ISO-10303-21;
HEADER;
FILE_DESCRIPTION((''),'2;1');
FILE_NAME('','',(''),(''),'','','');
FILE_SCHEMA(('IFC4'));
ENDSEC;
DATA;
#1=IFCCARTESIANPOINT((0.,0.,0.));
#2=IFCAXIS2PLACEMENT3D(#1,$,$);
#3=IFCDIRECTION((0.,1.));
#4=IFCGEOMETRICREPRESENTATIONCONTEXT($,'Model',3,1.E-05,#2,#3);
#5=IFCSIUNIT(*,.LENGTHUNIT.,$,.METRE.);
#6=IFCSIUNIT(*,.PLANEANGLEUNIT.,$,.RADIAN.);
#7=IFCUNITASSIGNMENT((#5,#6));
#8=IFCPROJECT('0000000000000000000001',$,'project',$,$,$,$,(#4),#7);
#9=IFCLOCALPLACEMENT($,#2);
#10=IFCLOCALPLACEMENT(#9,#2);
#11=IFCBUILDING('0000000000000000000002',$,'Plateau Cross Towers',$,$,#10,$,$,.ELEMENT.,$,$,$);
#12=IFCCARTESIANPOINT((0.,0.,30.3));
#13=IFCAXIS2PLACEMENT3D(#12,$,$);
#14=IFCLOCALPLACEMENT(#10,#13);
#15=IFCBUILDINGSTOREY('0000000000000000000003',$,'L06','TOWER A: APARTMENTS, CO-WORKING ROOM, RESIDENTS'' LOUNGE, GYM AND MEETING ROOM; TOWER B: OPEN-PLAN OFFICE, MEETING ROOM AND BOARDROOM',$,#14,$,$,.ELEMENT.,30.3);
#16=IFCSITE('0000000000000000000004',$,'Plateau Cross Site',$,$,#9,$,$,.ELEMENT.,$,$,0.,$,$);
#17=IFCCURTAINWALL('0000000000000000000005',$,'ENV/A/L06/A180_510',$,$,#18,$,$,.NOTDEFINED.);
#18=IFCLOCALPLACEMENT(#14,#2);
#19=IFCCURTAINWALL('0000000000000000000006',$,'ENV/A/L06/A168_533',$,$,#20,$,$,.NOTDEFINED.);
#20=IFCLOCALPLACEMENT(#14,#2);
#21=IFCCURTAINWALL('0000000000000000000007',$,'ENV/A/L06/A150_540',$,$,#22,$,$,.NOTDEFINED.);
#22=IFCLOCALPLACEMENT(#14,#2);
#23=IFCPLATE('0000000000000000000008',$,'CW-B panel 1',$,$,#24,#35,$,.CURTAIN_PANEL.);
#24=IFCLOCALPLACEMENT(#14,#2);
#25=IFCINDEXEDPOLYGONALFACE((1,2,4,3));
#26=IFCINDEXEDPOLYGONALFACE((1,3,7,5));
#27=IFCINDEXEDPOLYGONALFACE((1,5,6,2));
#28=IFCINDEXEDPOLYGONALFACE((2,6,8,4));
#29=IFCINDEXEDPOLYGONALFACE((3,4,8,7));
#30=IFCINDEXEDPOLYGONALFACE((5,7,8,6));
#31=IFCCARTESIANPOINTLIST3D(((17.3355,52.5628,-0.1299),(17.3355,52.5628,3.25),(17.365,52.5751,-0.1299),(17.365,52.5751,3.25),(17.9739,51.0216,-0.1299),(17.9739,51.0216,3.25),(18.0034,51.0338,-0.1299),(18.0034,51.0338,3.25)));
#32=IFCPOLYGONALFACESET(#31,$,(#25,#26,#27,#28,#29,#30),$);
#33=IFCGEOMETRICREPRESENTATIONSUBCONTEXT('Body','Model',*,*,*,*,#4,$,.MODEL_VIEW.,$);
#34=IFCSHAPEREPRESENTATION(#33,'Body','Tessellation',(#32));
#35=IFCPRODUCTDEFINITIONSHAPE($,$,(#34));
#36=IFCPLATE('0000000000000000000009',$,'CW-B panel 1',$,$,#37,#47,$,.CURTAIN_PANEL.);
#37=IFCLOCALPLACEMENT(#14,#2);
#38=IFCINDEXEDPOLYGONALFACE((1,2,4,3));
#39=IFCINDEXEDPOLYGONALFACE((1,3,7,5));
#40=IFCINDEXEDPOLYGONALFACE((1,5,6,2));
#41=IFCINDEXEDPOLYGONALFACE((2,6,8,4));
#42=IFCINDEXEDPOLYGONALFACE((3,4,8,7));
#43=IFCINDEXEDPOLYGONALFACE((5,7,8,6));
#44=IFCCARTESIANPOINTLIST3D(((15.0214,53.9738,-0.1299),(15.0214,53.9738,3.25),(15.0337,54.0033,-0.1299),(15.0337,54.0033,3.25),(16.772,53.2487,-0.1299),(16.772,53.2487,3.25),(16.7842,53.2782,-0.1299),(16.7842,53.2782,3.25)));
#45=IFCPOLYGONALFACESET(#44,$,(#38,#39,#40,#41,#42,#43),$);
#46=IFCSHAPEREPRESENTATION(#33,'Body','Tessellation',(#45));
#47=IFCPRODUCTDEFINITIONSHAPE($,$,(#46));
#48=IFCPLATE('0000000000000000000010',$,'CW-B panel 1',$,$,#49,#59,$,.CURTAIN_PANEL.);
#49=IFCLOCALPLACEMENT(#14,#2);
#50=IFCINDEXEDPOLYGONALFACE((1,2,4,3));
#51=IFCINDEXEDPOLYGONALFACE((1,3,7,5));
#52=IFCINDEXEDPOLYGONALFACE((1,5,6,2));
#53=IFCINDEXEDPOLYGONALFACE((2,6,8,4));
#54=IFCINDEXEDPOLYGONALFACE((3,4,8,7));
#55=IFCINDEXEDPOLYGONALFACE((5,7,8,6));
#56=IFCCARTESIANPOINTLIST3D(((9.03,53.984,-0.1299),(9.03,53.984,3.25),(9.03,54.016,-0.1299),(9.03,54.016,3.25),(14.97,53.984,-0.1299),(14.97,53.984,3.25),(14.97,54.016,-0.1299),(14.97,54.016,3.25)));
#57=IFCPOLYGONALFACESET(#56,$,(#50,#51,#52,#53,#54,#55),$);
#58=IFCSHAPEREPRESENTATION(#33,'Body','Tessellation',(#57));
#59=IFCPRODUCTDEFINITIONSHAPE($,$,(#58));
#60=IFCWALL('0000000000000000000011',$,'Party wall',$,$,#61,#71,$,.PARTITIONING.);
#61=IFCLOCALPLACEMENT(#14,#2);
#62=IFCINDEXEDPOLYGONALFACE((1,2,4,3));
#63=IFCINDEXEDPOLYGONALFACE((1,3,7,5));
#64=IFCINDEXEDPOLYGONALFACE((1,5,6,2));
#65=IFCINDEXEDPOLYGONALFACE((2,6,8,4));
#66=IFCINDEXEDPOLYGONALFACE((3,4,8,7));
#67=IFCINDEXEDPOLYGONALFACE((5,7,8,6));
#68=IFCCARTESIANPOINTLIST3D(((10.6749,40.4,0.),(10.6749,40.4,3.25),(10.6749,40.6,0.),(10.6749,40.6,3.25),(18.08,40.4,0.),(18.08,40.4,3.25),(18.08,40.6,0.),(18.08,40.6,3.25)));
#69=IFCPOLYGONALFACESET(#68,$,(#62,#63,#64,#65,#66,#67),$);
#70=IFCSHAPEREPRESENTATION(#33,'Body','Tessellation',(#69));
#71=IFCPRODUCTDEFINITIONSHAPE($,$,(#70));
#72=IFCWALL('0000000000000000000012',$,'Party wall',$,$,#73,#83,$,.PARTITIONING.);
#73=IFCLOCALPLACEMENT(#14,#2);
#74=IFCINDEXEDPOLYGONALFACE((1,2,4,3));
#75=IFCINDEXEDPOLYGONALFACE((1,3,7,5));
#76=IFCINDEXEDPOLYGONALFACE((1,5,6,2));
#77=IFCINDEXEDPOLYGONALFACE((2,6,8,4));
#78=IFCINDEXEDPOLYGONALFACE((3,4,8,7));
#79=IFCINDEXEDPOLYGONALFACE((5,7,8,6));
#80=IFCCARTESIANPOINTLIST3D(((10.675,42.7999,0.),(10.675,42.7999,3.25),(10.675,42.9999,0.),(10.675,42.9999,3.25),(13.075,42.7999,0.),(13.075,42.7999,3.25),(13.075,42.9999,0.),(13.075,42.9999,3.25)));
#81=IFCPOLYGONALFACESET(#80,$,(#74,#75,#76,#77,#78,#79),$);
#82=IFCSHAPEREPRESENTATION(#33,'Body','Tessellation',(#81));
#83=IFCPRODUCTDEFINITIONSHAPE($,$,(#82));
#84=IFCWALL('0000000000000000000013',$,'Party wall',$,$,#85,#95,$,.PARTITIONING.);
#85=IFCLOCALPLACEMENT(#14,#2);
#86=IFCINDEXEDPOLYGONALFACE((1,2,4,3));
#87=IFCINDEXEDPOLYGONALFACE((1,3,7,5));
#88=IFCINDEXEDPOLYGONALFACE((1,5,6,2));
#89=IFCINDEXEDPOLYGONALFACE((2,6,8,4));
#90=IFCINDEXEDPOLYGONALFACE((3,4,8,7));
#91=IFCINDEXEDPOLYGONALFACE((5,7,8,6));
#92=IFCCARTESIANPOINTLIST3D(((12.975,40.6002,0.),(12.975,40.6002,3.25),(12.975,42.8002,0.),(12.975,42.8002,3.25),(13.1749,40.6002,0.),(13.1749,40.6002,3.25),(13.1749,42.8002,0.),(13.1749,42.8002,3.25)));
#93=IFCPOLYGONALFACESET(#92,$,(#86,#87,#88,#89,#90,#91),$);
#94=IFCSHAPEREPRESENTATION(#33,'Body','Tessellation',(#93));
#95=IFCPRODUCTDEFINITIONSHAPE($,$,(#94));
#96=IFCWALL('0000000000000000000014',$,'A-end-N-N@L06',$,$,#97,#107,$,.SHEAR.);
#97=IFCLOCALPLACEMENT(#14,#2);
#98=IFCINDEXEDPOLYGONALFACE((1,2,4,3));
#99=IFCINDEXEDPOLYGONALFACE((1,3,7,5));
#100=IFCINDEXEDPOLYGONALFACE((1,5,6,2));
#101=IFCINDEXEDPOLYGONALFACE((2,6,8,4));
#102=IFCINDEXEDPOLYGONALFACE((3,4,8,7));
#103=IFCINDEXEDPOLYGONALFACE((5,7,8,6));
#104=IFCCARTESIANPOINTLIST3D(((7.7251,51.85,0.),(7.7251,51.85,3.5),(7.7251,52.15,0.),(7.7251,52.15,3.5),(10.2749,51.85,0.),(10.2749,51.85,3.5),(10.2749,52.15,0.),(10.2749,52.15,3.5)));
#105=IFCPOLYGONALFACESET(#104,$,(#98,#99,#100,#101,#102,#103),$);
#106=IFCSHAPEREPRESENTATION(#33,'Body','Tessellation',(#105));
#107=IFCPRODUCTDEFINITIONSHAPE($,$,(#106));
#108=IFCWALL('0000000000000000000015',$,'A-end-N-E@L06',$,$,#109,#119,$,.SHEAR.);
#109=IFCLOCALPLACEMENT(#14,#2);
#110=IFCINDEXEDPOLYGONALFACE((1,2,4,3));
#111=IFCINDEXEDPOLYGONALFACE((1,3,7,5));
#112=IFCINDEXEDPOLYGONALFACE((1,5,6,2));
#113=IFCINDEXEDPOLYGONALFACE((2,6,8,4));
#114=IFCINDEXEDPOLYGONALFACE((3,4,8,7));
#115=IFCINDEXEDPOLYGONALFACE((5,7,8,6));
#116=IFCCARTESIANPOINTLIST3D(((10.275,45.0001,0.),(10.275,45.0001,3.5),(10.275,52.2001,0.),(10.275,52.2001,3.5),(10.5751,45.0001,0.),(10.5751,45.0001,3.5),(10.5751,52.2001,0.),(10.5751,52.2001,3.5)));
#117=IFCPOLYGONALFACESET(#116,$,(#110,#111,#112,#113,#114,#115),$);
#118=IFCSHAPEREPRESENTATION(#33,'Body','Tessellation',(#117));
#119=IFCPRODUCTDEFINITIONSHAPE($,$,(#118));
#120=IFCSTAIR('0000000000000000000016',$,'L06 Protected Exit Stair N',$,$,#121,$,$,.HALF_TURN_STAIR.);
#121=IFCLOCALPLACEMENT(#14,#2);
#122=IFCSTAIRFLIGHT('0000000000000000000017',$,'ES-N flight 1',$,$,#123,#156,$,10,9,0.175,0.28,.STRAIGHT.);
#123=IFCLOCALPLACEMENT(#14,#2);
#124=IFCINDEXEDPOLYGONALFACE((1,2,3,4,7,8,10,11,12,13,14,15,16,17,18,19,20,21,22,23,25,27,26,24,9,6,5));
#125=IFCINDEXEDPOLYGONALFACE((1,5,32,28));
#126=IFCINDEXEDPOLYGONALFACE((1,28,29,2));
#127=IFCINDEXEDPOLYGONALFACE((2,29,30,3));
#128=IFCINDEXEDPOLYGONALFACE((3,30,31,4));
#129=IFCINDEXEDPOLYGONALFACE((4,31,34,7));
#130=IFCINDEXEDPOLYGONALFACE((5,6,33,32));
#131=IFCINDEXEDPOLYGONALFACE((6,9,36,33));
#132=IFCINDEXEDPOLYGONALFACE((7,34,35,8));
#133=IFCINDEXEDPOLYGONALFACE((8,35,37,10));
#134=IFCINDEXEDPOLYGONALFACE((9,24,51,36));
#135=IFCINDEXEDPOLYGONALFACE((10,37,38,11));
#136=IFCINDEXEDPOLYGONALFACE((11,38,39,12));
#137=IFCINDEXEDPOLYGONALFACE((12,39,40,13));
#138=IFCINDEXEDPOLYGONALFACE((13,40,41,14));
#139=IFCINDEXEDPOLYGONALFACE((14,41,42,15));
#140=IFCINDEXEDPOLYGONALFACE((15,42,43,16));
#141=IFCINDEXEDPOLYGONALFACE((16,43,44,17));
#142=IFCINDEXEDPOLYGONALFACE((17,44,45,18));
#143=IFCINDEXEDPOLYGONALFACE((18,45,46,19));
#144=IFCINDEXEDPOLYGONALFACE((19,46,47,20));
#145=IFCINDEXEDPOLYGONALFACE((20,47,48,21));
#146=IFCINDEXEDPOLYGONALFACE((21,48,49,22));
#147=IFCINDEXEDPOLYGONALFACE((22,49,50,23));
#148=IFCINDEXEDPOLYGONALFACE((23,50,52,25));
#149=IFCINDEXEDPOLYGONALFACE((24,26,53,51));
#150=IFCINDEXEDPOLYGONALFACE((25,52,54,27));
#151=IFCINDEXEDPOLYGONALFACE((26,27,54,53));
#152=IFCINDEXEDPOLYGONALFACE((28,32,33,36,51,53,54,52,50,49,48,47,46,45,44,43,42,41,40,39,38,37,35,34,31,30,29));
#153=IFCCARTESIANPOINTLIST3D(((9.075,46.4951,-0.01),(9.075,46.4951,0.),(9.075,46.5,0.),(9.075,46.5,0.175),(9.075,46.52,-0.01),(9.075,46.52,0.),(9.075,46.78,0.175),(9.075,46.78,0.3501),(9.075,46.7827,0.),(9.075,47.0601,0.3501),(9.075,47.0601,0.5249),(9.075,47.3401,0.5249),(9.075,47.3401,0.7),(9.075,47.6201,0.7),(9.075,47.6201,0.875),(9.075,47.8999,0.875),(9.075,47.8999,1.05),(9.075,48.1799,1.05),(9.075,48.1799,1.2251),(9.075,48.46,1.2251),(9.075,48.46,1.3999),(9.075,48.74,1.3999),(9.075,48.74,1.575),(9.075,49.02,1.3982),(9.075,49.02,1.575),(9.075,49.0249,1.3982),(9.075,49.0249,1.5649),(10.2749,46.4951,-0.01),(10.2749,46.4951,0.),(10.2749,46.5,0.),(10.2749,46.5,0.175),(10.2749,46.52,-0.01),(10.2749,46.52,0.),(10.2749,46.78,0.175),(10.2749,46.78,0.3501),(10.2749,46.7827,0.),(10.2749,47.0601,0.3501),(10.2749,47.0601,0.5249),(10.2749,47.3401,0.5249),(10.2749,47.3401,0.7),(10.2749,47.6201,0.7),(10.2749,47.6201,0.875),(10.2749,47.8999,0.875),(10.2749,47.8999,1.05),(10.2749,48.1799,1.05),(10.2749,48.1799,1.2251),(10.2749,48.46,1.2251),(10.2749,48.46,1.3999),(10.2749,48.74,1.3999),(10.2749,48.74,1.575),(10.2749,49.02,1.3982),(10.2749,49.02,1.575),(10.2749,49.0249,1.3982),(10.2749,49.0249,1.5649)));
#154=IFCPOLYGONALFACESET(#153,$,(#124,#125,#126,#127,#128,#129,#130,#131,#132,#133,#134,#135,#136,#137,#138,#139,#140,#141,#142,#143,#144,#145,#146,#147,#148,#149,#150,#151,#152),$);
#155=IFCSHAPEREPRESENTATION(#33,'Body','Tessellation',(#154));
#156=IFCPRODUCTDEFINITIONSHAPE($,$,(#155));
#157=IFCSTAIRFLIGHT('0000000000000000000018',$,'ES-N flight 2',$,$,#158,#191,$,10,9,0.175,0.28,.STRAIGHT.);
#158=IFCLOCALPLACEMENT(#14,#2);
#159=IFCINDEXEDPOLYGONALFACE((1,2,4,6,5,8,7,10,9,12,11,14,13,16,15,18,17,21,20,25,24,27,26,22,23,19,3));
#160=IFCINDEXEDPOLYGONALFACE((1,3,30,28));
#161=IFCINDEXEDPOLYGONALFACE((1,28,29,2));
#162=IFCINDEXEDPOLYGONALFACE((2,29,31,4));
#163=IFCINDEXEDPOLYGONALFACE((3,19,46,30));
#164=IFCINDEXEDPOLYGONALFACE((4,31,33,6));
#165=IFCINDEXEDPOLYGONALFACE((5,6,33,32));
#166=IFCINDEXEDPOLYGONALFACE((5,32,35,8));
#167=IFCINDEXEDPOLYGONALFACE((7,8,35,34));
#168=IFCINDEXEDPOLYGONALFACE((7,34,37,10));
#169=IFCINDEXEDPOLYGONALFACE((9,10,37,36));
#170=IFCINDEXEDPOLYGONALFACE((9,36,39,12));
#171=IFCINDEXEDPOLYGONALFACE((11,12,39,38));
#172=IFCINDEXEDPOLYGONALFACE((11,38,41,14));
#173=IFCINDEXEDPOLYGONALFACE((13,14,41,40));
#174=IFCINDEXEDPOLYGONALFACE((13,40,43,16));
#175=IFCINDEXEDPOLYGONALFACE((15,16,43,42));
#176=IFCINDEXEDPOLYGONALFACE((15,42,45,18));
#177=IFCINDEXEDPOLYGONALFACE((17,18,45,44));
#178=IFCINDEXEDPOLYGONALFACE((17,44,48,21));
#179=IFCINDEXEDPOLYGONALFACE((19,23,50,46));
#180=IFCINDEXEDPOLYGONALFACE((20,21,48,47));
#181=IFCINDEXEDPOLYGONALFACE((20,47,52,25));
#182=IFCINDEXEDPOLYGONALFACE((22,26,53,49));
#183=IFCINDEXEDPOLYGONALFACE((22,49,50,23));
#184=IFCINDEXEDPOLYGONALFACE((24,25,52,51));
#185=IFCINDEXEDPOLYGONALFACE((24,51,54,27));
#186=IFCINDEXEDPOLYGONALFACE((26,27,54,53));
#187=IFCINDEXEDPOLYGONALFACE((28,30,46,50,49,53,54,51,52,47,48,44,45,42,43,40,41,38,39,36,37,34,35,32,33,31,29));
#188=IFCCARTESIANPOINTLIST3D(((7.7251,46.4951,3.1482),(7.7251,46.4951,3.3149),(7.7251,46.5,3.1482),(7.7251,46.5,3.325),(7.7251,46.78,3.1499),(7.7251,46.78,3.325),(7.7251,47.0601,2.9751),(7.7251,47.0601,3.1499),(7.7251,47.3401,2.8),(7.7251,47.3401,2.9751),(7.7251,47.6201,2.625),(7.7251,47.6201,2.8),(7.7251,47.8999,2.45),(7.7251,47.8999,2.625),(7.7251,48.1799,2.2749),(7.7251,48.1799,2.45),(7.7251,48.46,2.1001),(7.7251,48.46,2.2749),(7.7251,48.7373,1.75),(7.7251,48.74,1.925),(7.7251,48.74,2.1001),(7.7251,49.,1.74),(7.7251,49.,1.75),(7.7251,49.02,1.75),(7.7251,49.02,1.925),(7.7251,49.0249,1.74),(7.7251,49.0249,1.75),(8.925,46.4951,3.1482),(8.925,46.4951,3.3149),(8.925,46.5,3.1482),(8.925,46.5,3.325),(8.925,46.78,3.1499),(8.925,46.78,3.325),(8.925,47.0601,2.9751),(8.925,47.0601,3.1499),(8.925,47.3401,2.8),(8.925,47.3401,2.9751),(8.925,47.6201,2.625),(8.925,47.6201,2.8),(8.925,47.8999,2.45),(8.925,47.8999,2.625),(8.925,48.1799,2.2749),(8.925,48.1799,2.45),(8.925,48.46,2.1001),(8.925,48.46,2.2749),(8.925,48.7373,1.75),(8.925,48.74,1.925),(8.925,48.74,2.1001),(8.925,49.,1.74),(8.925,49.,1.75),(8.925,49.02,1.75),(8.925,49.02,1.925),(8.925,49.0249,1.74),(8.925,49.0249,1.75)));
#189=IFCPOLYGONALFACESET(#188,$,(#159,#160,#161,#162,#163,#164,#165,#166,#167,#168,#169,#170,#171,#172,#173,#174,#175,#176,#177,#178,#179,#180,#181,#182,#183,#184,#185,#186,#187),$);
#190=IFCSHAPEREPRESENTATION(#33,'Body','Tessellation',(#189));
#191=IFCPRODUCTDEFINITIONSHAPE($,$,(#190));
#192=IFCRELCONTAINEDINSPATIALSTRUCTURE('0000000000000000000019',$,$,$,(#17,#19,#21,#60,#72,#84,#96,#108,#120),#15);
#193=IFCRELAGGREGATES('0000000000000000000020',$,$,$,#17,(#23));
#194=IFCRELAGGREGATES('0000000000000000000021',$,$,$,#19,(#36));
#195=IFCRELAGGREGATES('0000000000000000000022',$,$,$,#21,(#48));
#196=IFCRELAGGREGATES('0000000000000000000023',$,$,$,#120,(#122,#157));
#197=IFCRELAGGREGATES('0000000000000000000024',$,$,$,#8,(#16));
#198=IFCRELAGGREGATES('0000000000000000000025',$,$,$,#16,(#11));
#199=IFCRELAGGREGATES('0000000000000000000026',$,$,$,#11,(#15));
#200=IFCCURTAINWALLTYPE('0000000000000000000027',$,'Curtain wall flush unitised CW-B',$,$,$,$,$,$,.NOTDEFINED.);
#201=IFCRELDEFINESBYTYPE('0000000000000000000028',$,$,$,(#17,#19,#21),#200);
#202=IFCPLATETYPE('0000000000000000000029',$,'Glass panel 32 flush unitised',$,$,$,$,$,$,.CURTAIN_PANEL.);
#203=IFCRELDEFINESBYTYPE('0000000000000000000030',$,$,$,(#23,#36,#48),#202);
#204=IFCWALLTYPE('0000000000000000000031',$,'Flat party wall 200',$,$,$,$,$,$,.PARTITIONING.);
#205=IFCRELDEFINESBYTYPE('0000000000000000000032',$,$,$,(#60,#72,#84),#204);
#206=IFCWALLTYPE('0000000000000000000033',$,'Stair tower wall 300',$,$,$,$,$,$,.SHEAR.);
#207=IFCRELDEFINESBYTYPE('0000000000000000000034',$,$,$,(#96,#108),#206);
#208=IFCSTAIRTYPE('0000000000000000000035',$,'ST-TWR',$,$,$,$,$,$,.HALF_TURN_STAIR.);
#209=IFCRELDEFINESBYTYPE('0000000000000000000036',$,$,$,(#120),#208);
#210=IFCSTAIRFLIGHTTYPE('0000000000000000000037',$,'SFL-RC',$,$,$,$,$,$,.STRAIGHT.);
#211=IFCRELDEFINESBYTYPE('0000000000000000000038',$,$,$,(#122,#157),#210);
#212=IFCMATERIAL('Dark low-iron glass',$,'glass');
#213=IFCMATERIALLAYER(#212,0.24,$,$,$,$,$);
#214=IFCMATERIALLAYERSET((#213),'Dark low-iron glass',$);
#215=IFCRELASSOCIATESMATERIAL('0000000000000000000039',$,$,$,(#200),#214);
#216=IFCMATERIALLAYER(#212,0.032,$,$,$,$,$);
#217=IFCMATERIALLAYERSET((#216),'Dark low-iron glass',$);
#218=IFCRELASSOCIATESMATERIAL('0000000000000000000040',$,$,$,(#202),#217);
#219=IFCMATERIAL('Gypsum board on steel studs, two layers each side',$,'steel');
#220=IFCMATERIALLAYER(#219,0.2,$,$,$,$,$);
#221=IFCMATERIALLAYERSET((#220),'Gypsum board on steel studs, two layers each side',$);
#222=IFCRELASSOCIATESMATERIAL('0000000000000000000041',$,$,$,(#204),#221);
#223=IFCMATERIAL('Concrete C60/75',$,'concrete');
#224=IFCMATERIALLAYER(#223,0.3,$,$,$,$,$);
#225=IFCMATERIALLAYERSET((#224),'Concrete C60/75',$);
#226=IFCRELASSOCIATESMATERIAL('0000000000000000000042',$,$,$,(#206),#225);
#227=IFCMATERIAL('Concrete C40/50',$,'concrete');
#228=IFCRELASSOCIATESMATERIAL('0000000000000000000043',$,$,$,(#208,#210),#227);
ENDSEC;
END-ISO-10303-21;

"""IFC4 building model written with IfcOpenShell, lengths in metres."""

from ifc_helpers import new_model, si_unit, direction, frame, frame_2d, origin, origin_2d, place, context, subcontext, project, spatial, polyline, rectangle, outline, extrude, material, layer, layer_set, type_object, element, aggregate, save


model = new_model("IFC4")

# Units and contexts
model_context = context("Model", 3, precision=1e-05, world=origin(), true_north=direction((0.0, 1.0)))
body_context = subcontext(model_context, "Body", "Model", "MODEL_VIEW")
ifc_project = project(units=[si_unit("LENGTHUNIT", "METRE"), si_unit("PLANEANGLEUNIT", "RADIAN")], contexts=[model_context])

# Site, building, storey
site_placement = place(None, origin())
site = spatial("IfcSite", under=ifc_project, at=site_placement, Name="Plateau Cross Site", CompositionType="ELEMENT", RefElevation=0.0)
building_placement = place(site_placement, origin())
building = spatial("IfcBuilding", under=site, at=building_placement, Name="Plateau Cross Towers", CompositionType="ELEMENT")
storey_placement = place(building_placement, frame((0.0, 0.0, 30.3)))
storey = spatial("IfcBuildingStorey", under=building, at=storey_placement, Name="L06", Description="TOWER A: APARTMENTS, CO-WORKING ROOM, RESIDENTS' LOUNGE, GYM AND MEETING ROOM; TOWER B: OPEN-PLAN OFFICE, MEETING ROOM AND BOARDROOM", CompositionType="ELEMENT", Elevation=30.3)

# Shared definitions
ifc_material_1 = material(Name="Concrete C60/75", Category="concrete")

# Curtain wall
ifc_material_2 = material(Name="Dark low-iron glass", Category="glass")
ifc_layer_1 = layer(ifc_material_2, 0.24)
ifc_layer_set_1 = layer_set([ifc_layer_1], Name="Dark low-iron glass")
curtain_wall_type = type_object("IfcCurtainWallType", Name="Curtain wall flush unitised CW-B", PredefinedType="NOTDEFINED", material=ifc_layer_set_1)
curtain_wall_1_placement = place(storey_placement, origin())
curtain_wall_1 = element("IfcCurtainWall", 1, at=curtain_wall_1_placement, inside=storey, type_object=curtain_wall_type, Name="ENV/A/L06/A180_510", PredefinedType="NOTDEFINED")

# Curtain wall
curtain_wall_2_placement = place(storey_placement, origin())
curtain_wall_2 = element("IfcCurtainWall", 2, at=curtain_wall_2_placement, inside=storey, type_object=curtain_wall_type, Name="ENV/A/L06/A168_533", PredefinedType="NOTDEFINED")

# Curtain wall
curtain_wall_3_placement = place(storey_placement, origin())
curtain_wall_3 = element("IfcCurtainWall", 3, at=curtain_wall_3_placement, inside=storey, type_object=curtain_wall_type, Name="ENV/A/L06/A150_540", PredefinedType="NOTDEFINED")

# Plates
ifc_layer_2 = layer(ifc_material_2, 0.032)
ifc_layer_set_2 = layer_set([ifc_layer_2], Name="Dark low-iron glass")
plate_type = type_object("IfcPlateType", Name="Glass panel 32 flush unitised", PredefinedType="CURTAIN_PANEL", material=ifc_layer_set_2)
plate_1_placement = place(storey_placement, frame((17.6694, 51.7983, -0.1299), z_axis=(0.0, 0.0, 1.0), x_axis=(-0.382684, 0.923879, 0.0)))
plate_1 = element("IfcPlate", 4, at=plate_1_placement, type_object=plate_type, Name="CW-B panel 1", PredefinedType="CURTAIN_PANEL", context=body_context, shape_type="SweptSolid", body=[
    extrude(rectangle(XDim=1.6682, YDim=0.032, at=origin_2d()), origin(), (0.0, 0.0, 1.0), 3.3799),
])
aggregate(curtain_wall_1, [plate_1])
plate_2_placement = place(storey_placement, frame((15.9028, 53.626, -0.1299), z_axis=(0.0, 0.0, 1.0), x_axis=(-0.923879, 0.382684, 0.0)))
plate_2 = element("IfcPlate", 5, at=plate_2_placement, type_object=plate_type, Name="CW-B panel 1", PredefinedType="CURTAIN_PANEL", context=body_context, shape_type="SweptSolid", body=[
    extrude(rectangle(XDim=1.8948, YDim=0.032, at=origin_2d()), origin(), (0.0, 0.0, 1.0), 3.3799),
])
aggregate(curtain_wall_2, [plate_2])
plate_3_placement = place(storey_placement, frame((12.0, 54.0, -0.1299), z_axis=(0.0, 0.0, 1.0), x_axis=(-1.0, 0.0, 0.0)))
plate_3 = element("IfcPlate", 6, at=plate_3_placement, type_object=plate_type, Name="CW-B panel 1", PredefinedType="CURTAIN_PANEL", context=body_context, shape_type="SweptSolid", body=[
    extrude(rectangle(XDim=5.9399, YDim=0.032, at=origin_2d()), origin(), (0.0, 0.0, 1.0), 3.3799),
])
aggregate(curtain_wall_3, [plate_3])

# Walls
ifc_material_3 = material(Name="Gypsum board on steel studs, two layers each side", Category="steel")
ifc_layer_3 = layer(ifc_material_3, 0.2)
ifc_layer_set_3 = layer_set([ifc_layer_3], Name="Gypsum board on steel studs, two layers each side")
wall_type_1 = type_object("IfcWallType", Name="Flat party wall 200", PredefinedType="PARTITIONING", material=ifc_layer_set_3)
wall_1_placement = place(storey_placement, frame((18.0801, 40.5, 0.0), z_axis=(0.0, 0.0, 1.0), x_axis=(-1.0, 0.0, 0.0)))
element("IfcWall", 7, at=wall_1_placement, inside=storey, type_object=wall_type_1, Name="Party wall", PredefinedType="PARTITIONING", context=body_context, shape_type="SweptSolid", body=[
    extrude(rectangle(XDim=7.405, YDim=0.2, at=frame_2d((3.7026, 0.0))), origin(), (0.0, 0.0, 1.0), 3.25),
])
wall_2_placement = place(storey_placement, frame((13.075, 42.8999, 0.0), z_axis=(0.0, 0.0, 1.0), x_axis=(-1.0, 0.0, 0.0)))
element("IfcWall", 8, at=wall_2_placement, inside=storey, type_object=wall_type_1, Name="Party wall", PredefinedType="PARTITIONING", context=body_context, shape_type="SweptSolid", body=[
    extrude(rectangle(XDim=2.3999, YDim=0.2, at=frame_2d((1.2, 0.0))), origin(), (0.0, 0.0, 1.0), 3.25),
])
wall_3_placement = place(storey_placement, frame((13.075, 40.6001, 0.0), z_axis=(0.0, 0.0, 1.0), x_axis=(0.0, 1.0, 0.0)))
element("IfcWall", 9, at=wall_3_placement, inside=storey, type_object=wall_type_1, Name="Party wall", PredefinedType="PARTITIONING", context=body_context, shape_type="SweptSolid", body=[
    extrude(rectangle(XDim=2.2, YDim=0.2, at=frame_2d((1.1001, 0.0))), origin(), (0.0, 0.0, 1.0), 3.25),
])
ifc_layer_4 = layer(ifc_material_1, 0.3)
ifc_layer_set_4 = layer_set([ifc_layer_4], Name="Concrete C60/75")
wall_type_2 = type_object("IfcWallType", Name="Stair tower wall 300", PredefinedType="SHEAR", material=ifc_layer_set_4)
wall_4_placement = place(storey_placement, frame((7.7251, 52.0, 0.0), z_axis=(0.0, 0.0, 1.0), x_axis=(1.0, 0.0, 0.0)))
element("IfcWall", 10, at=wall_4_placement, inside=storey, type_object=wall_type_2, Name="A-end-N-N@L06", PredefinedType="SHEAR", context=body_context, shape_type="SweptSolid", body=[
    extrude(rectangle(XDim=2.5498, YDim=0.3, at=frame_2d((1.2749, 0.0))), origin(), (0.0, 0.0, 1.0), 3.5),
])
wall_5_placement = place(storey_placement, frame((10.425, 45.0, 0.0), z_axis=(0.0, 0.0, 1.0), x_axis=(0.0, 1.0, 0.0)))
element("IfcWall", 11, at=wall_5_placement, inside=storey, type_object=wall_type_2, Name="A-end-N-E@L06", PredefinedType="SHEAR", context=body_context, shape_type="SweptSolid", body=[
    extrude(rectangle(XDim=7.2, YDim=0.3, at=frame_2d((3.6001, 0.0))), origin(), (0.0, 0.0, 1.0), 3.5),
])

# Stair, stair flights
ifc_material_4 = material(Name="Concrete C40/50", Category="concrete")
stair_type = type_object("IfcStairType", Name="ST-TWR", PredefinedType="HALF_TURN_STAIR", material=ifc_material_4)
stair_placement = place(storey_placement, origin())
stair = element("IfcStair", 12, at=stair_placement, inside=storey, type_object=stair_type, Name="L06 Protected Exit Stair N", PredefinedType="HALF_TURN_STAIR")
stair_flight_type = type_object("IfcStairFlightType", Name="SFL-RC", PredefinedType="STRAIGHT", material=ifc_material_4)
stair_flight_1_placement = place(storey_placement, frame((9.675, 46.5, 0.0), z_axis=(0.0, 0.0, 1.0), x_axis=(0.0, 1.0, 0.0)))
stair_flight_1 = element("IfcStairFlight", 13, at=stair_flight_1_placement, type_object=stair_flight_type, Name="ES-N flight 1", NumberOfRisers=10, NumberOfTreads=9, PredefinedType="STRAIGHT", RiserHeight=0.175, TreadLength=0.28, context=body_context, shape_type="SweptSolid", body=[
    extrude(outline(polyline([(-0.0049, -0.01), (-0.0049, 0.0), (0.0, 0.0), (0.0, 0.175), (0.28, 0.175), (0.28, 0.3501), (0.5601, 0.3501), (0.5601, 0.5249), (0.8401, 0.5249), (0.8401, 0.7), (1.1201, 0.7), (1.1201, 0.875), (1.3999, 0.875), (1.3999, 1.05), (1.6799, 1.05), (1.6799, 1.2251), (1.96, 1.2251), (1.96, 1.3999), (2.24, 1.3999), (2.24, 1.575), (2.52, 1.575), (2.5249, 1.5649), (2.5249, 1.3982), (2.52, 1.3982), (0.2827, 0.0), (0.02, 0.0), (0.02, -0.01), (-0.0049, -0.01)])), frame((0.0, 0.6001, 0.0), z_axis=(0.0, -1.0, 0.0), x_axis=(1.0, 0.0, 0.0)), (0.0, 0.0, 1.0), 1.2),
])
stair_flight_2_placement = place(storey_placement, frame((8.325, 49.02, 1.75), z_axis=(0.0, 0.0, 1.0), x_axis=(0.0, -1.0, 0.0)))
stair_flight_2 = element("IfcStairFlight", 14, at=stair_flight_2_placement, type_object=stair_flight_type, Name="ES-N flight 2", NumberOfRisers=10, NumberOfTreads=9, PredefinedType="STRAIGHT", RiserHeight=0.175, TreadLength=0.28, context=body_context, shape_type="SweptSolid", body=[
    extrude(outline(polyline([(-0.0049, -0.01), (-0.0049, 0.0), (0.0, 0.0), (0.0, 0.175), (0.28, 0.175), (0.28, 0.3501), (0.5601, 0.3501), (0.5601, 0.5249), (0.8401, 0.5249), (0.8401, 0.7), (1.1201, 0.7), (1.1201, 0.875), (1.3999, 0.875), (1.3999, 1.05), (1.6799, 1.05), (1.6799, 1.2251), (1.96, 1.2251), (1.96, 1.3999), (2.24, 1.3999), (2.24, 1.575), (2.52, 1.575), (2.5249, 1.5649), (2.5249, 1.3982), (2.52, 1.3982), (0.2827, 0.0), (0.02, 0.0), (0.02, -0.01), (-0.0049, -0.01)])), frame((0.0, 0.6001, 0.0), z_axis=(0.0, -1.0, 0.0), x_axis=(1.0, 0.0, 0.0)), (0.0, 0.0, 1.0), 1.2),
])
aggregate(stair, [stair_flight_1, stair_flight_2])

save(model, "model.ifc")
